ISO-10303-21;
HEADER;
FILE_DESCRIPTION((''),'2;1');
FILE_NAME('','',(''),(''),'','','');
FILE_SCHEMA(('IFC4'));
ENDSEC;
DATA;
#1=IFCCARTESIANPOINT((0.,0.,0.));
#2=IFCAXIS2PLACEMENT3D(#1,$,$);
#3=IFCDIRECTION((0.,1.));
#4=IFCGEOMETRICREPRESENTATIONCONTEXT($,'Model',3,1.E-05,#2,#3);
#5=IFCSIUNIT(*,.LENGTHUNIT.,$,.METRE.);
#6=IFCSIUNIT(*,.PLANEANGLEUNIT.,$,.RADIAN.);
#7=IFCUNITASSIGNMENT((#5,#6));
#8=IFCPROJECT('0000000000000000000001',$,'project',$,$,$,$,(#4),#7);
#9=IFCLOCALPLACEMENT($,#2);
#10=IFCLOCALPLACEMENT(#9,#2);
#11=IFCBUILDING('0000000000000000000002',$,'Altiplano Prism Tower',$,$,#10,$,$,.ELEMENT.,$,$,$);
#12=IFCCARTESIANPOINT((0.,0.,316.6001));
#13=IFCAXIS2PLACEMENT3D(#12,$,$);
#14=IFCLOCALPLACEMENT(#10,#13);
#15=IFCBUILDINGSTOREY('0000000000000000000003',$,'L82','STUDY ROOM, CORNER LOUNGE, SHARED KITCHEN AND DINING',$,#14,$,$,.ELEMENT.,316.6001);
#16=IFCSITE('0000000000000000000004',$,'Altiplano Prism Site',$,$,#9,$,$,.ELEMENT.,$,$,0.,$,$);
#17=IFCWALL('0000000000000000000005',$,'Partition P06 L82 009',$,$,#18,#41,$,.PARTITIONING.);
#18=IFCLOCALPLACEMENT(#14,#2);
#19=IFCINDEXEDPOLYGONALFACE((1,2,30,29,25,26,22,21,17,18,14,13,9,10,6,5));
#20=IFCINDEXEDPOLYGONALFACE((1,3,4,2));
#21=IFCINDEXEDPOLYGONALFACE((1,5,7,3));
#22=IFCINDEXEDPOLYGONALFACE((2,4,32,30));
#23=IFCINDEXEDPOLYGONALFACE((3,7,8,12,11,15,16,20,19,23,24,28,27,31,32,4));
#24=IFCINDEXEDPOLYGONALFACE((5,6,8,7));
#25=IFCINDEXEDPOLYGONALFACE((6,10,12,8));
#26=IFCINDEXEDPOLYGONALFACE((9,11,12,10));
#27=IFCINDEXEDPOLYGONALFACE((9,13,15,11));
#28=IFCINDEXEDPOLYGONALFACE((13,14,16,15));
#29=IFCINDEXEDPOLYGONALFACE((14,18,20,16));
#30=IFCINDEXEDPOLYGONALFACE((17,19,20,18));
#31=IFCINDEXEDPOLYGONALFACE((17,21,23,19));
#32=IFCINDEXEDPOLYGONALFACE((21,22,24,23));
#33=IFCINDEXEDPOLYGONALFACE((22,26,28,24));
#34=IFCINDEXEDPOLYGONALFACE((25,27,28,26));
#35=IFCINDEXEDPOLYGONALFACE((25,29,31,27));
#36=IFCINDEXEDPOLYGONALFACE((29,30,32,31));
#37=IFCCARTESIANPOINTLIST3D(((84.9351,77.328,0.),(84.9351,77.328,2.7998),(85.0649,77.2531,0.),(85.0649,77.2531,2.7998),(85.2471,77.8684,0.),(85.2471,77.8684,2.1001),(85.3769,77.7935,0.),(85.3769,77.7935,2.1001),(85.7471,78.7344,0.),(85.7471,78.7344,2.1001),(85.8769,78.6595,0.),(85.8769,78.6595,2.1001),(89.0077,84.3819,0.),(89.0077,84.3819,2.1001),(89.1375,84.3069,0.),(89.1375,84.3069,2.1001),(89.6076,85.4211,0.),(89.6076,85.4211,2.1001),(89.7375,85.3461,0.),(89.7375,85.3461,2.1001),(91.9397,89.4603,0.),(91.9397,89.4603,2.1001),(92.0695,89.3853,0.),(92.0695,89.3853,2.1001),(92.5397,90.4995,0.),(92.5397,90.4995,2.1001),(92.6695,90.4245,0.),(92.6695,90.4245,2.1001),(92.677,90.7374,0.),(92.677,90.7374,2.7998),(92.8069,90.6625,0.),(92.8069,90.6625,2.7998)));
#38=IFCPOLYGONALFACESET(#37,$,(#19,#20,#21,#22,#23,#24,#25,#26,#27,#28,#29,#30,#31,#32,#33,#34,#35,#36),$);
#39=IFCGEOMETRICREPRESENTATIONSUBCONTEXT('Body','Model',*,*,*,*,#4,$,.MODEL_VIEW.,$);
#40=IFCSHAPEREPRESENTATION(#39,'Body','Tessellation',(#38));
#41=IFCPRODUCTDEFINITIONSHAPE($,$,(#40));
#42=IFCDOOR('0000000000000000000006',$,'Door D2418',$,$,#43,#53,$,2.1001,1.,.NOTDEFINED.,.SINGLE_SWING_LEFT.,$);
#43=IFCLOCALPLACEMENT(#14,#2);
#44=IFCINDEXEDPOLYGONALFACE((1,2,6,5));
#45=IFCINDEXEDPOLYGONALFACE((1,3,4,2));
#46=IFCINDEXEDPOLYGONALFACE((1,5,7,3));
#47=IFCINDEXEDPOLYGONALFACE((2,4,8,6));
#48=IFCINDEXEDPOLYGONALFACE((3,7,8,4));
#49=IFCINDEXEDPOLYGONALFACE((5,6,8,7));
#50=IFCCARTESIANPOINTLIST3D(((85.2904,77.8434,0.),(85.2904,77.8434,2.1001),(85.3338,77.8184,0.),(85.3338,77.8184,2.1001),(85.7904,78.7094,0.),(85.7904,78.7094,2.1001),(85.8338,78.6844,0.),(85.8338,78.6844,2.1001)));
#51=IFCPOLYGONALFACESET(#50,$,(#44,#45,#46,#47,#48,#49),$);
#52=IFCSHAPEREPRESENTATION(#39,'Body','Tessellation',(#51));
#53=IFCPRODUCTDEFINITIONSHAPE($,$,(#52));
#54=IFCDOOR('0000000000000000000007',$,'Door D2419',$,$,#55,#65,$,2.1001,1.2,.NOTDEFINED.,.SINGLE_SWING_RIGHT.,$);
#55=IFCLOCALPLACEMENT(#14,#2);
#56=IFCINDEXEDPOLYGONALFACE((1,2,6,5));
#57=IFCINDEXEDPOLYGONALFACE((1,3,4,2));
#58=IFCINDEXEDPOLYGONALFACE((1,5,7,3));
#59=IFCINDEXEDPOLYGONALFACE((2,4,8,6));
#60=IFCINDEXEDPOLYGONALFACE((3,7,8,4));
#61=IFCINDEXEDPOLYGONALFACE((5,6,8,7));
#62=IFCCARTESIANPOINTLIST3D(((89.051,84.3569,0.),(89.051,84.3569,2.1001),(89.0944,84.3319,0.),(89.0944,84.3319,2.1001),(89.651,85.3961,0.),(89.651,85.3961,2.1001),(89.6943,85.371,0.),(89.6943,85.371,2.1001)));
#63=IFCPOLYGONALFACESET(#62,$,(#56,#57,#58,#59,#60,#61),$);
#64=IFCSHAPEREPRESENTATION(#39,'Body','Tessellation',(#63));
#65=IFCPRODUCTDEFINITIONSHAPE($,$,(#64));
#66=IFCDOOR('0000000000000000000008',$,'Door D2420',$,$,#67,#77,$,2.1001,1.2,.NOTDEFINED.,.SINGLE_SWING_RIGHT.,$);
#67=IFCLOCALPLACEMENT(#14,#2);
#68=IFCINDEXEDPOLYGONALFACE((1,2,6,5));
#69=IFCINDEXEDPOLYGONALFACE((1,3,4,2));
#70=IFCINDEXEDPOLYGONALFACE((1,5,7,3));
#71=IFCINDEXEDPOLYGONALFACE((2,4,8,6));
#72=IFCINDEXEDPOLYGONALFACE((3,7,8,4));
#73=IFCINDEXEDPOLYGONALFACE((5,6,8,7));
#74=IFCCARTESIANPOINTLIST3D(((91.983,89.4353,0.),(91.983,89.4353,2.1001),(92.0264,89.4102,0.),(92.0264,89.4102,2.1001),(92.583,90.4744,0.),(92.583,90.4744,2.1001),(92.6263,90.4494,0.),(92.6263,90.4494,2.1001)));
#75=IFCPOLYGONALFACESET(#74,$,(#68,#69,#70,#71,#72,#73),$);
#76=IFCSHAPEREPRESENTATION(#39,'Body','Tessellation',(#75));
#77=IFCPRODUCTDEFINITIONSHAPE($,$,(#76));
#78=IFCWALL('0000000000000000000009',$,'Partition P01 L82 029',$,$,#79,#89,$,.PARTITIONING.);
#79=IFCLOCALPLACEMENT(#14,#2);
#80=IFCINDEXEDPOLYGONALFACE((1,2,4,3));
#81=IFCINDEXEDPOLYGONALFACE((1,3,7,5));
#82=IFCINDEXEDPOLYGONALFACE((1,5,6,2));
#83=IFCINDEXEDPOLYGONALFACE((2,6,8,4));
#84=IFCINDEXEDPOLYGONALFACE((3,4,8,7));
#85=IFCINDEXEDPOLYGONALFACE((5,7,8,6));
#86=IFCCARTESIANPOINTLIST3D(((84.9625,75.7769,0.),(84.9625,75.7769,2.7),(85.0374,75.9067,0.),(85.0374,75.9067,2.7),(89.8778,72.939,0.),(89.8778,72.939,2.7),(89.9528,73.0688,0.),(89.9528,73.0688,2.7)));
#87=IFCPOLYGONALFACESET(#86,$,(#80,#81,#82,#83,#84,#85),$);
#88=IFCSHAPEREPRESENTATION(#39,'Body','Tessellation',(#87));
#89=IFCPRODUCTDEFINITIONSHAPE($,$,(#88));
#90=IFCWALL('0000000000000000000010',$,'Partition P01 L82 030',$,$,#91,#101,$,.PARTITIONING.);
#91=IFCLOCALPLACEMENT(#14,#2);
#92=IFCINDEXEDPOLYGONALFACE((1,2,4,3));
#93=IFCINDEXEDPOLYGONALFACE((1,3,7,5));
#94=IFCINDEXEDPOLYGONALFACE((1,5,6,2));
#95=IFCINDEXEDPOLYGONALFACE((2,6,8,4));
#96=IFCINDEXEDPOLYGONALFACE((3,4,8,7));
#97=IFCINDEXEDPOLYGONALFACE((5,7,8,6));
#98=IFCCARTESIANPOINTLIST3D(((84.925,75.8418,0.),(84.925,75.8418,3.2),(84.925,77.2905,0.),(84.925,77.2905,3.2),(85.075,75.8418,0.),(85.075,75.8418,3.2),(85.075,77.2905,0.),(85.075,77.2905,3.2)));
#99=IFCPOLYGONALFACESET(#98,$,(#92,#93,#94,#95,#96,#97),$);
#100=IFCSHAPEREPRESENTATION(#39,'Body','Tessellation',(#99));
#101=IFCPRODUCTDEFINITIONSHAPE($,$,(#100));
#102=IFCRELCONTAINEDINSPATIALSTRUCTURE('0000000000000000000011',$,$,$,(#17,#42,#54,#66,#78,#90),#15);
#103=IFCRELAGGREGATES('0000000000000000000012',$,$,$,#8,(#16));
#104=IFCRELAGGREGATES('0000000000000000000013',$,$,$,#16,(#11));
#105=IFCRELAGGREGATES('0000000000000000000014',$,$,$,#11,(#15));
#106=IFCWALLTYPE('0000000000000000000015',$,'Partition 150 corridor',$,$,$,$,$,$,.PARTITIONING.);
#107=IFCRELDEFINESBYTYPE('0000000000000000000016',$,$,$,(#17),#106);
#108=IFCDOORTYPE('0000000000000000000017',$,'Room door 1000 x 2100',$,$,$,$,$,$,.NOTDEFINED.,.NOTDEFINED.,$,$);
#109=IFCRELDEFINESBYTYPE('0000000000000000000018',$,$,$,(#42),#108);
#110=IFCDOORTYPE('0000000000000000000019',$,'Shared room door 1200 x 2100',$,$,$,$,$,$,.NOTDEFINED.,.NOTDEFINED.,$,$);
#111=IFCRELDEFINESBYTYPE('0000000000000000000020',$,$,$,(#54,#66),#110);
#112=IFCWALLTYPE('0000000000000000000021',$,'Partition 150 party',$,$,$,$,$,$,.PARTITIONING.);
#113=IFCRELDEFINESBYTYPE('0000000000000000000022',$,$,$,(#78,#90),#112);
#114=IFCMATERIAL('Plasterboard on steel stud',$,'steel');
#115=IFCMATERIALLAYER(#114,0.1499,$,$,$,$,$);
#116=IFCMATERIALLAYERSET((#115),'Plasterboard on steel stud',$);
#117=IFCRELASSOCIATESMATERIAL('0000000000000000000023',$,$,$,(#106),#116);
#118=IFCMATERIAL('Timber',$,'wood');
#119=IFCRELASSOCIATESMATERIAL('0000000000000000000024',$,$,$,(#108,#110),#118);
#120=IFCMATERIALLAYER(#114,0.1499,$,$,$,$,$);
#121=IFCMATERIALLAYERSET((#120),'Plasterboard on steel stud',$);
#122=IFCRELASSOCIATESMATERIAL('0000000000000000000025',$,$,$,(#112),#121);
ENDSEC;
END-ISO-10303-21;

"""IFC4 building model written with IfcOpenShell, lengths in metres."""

from ifc_helpers import new_model, si_unit, direction, frame, frame_2d, origin, place, context, subcontext, project, spatial, rectangle, extrude, material, layer, layer_set, type_object, element, fill, save


model = new_model("IFC4")

# Units and contexts
model_context = context("Model", 3, precision=1e-05, world=origin(), true_north=direction((0.0, 1.0)))
body_context = subcontext(model_context, "Body", "Model", "MODEL_VIEW")
ifc_project = project(units=[si_unit("LENGTHUNIT", "METRE"), si_unit("PLANEANGLEUNIT", "RADIAN")], contexts=[model_context])

# Site, building, storey
site_placement = place(None, origin())
site = spatial("IfcSite", under=ifc_project, at=site_placement, Name="Altiplano Prism Site", CompositionType="ELEMENT", RefElevation=0.0)
building_placement = place(site_placement, origin())
building = spatial("IfcBuilding", under=site, at=building_placement, Name="Altiplano Prism Tower", CompositionType="ELEMENT")
storey_placement = place(building_placement, frame((0.0, 0.0, 316.6001)))
storey = spatial("IfcBuildingStorey", under=building, at=storey_placement, Name="L82", Description="STUDY ROOM, CORNER LOUNGE, SHARED KITCHEN AND DINING", CompositionType="ELEMENT", Elevation=316.6001)

# Shared definitions
ifc_material_1 = material(Name="Plasterboard on steel stud", Category="steel")

# Shared definitions
ifc_layer_1 = layer(ifc_material_1, 0.1499)
ifc_layer_set_1 = layer_set([ifc_layer_1], Name="Plasterboard on steel stud")
wall_type_1 = type_object("IfcWallType", Name="Partition 150 corridor", PredefinedType="PARTITIONING", material=ifc_layer_set_1)
ifc_material_2 = material(Name="Timber", Category="wood")

# Wall, openings, doors
wall_1_placement = place(storey_placement, frame((85.0, 77.2905, 0.0), z_axis=(0.0, 0.0, 1.0), x_axis=(0.5, 0.866025, 0.0)))
wall_1 = element("IfcWall", 1, at=wall_1_placement, inside=storey, type_object=wall_type_1, Name="Partition P06 L82 009", PredefinedType="PARTITIONING", context=body_context, shape_type="SweptSolid", body=[
    extrude(rectangle(XDim=15.4839, YDim=0.1499, at=frame_2d((7.7419, 0.0))), origin(), (0.0, 0.0, 1.0), 2.7998),
])
opening_1_placement = place(wall_1_placement, frame((0.624, 0.0, 0.0)))
opening_1 = element("IfcOpeningElement", 2, at=opening_1_placement, cuts=wall_1, PredefinedType="OPENING", context=body_context, shape_type="SweptSolid", body=[
    extrude(rectangle(XDim=1.0, YDim=2.1001, at=frame_2d((0.5, 1.05))), frame((0.0, 0.0854, 0.0), z_axis=(0.0, -1.0, 0.0), x_axis=(1.0, 0.0, 0.0)), (0.0, 0.0, 1.0), 0.1709),
])
opening_2_placement = place(wall_1_placement, frame((8.145, 0.0, 0.0)))
opening_2 = element("IfcOpeningElement", 3, at=opening_2_placement, cuts=wall_1, PredefinedType="OPENING", context=body_context, shape_type="SweptSolid", body=[
    extrude(rectangle(XDim=1.2, YDim=2.1001, at=frame_2d((0.6001, 1.05))), frame((0.0, 0.0854, 0.0), z_axis=(0.0, -1.0, 0.0), x_axis=(1.0, 0.0, 0.0)), (0.0, 0.0, 1.0), 0.1709),
])
opening_3_placement = place(wall_1_placement, frame((14.009, 0.0, 0.0)))
opening_3 = element("IfcOpeningElement", 4, at=opening_3_placement, cuts=wall_1, PredefinedType="OPENING", context=body_context, shape_type="SweptSolid", body=[
    extrude(rectangle(XDim=1.2, YDim=2.1001, at=frame_2d((0.6001, 1.05))), frame((0.0, 0.0854, 0.0), z_axis=(0.0, -1.0, 0.0), x_axis=(1.0, 0.0, 0.0)), (0.0, 0.0, 1.0), 0.1709),
])
door_type_1 = type_object("IfcDoorType", Name="Room door 1000 x 2100", OperationType="NOTDEFINED", PredefinedType="NOTDEFINED", material=ifc_material_2)
door_1_placement = place(opening_1_placement, origin())
door_1 = element("IfcDoor", 5, at=door_1_placement, inside=storey, type_object=door_type_1, Name="Door D2418", OperationType="SINGLE_SWING_LEFT", OverallHeight=2.1001, OverallWidth=1.0, PredefinedType="NOTDEFINED", context=body_context, shape_type="SweptSolid", body=[
    extrude(rectangle(XDim=1.0, YDim=2.1001, at=frame_2d((0.5, 1.05))), frame((0.0, 0.0249, 0.0), z_axis=(0.0, -1.0, 0.0), x_axis=(1.0, 0.0, 0.0)), (0.0, 0.0, 1.0), 0.05),
])
fill(opening_1, door_1)
door_type_2 = type_object("IfcDoorType", Name="Shared room door 1200 x 2100", OperationType="NOTDEFINED", PredefinedType="NOTDEFINED", material=ifc_material_2)
door_2_placement = place(opening_2_placement, origin())
door_2 = element("IfcDoor", 6, at=door_2_placement, inside=storey, type_object=door_type_2, Name="Door D2419", OperationType="SINGLE_SWING_RIGHT", OverallHeight=2.1001, OverallWidth=1.2, PredefinedType="NOTDEFINED", context=body_context, shape_type="SweptSolid", body=[
    extrude(rectangle(XDim=1.2, YDim=2.1001, at=frame_2d((0.6001, 1.05))), frame((0.0, 0.0249, 0.0), z_axis=(0.0, -1.0, 0.0), x_axis=(1.0, 0.0, 0.0)), (0.0, 0.0, 1.0), 0.05),
])
fill(opening_2, door_2)
door_3_placement = place(opening_3_placement, origin())
door_3 = element("IfcDoor", 7, at=door_3_placement, inside=storey, type_object=door_type_2, Name="Door D2420", OperationType="SINGLE_SWING_RIGHT", OverallHeight=2.1001, OverallWidth=1.2, PredefinedType="NOTDEFINED", context=body_context, shape_type="SweptSolid", body=[
    extrude(rectangle(XDim=1.2, YDim=2.1001, at=frame_2d((0.6001, 1.05))), frame((0.0, 0.0249, 0.0), z_axis=(0.0, -1.0, 0.0), x_axis=(1.0, 0.0, 0.0)), (0.0, 0.0, 1.0), 0.05),
])
fill(opening_3, door_3)

# Walls
ifc_layer_2 = layer(ifc_material_1, 0.1499)
ifc_layer_set_2 = layer_set([ifc_layer_2], Name="Plasterboard on steel stud")
wall_type_2 = type_object("IfcWallType", Name="Partition 150 party", PredefinedType="PARTITIONING", material=ifc_layer_set_2)
wall_2_placement = place(storey_placement, frame((89.9153, 73.0039, 0.0), z_axis=(0.0, 0.0, 1.0), x_axis=(-0.866022, 0.500007, 0.0)))
element("IfcWall", 8, at=wall_2_placement, inside=storey, type_object=wall_type_2, Name="Partition P01 L82 029", PredefinedType="PARTITIONING", context=body_context, shape_type="SweptSolid", body=[
    extrude(rectangle(XDim=5.6758, YDim=0.1499, at=frame_2d((2.8379, 0.0))), origin(), (0.0, 0.0, 1.0), 2.7),
])
wall_3_placement = place(storey_placement, frame((85.0, 75.8418, 0.0), z_axis=(0.0, 0.0, 1.0), x_axis=(0.0, 1.0, 0.0)))
element("IfcWall", 9, at=wall_3_placement, inside=storey, type_object=wall_type_2, Name="Partition P01 L82 030", PredefinedType="PARTITIONING", context=body_context, shape_type="SweptSolid", body=[
    extrude(rectangle(XDim=1.4487, YDim=0.1499, at=frame_2d((0.7244, 0.0))), origin(), (0.0, 0.0, 1.0), 3.2),
])

save(model, "model.ifc")
